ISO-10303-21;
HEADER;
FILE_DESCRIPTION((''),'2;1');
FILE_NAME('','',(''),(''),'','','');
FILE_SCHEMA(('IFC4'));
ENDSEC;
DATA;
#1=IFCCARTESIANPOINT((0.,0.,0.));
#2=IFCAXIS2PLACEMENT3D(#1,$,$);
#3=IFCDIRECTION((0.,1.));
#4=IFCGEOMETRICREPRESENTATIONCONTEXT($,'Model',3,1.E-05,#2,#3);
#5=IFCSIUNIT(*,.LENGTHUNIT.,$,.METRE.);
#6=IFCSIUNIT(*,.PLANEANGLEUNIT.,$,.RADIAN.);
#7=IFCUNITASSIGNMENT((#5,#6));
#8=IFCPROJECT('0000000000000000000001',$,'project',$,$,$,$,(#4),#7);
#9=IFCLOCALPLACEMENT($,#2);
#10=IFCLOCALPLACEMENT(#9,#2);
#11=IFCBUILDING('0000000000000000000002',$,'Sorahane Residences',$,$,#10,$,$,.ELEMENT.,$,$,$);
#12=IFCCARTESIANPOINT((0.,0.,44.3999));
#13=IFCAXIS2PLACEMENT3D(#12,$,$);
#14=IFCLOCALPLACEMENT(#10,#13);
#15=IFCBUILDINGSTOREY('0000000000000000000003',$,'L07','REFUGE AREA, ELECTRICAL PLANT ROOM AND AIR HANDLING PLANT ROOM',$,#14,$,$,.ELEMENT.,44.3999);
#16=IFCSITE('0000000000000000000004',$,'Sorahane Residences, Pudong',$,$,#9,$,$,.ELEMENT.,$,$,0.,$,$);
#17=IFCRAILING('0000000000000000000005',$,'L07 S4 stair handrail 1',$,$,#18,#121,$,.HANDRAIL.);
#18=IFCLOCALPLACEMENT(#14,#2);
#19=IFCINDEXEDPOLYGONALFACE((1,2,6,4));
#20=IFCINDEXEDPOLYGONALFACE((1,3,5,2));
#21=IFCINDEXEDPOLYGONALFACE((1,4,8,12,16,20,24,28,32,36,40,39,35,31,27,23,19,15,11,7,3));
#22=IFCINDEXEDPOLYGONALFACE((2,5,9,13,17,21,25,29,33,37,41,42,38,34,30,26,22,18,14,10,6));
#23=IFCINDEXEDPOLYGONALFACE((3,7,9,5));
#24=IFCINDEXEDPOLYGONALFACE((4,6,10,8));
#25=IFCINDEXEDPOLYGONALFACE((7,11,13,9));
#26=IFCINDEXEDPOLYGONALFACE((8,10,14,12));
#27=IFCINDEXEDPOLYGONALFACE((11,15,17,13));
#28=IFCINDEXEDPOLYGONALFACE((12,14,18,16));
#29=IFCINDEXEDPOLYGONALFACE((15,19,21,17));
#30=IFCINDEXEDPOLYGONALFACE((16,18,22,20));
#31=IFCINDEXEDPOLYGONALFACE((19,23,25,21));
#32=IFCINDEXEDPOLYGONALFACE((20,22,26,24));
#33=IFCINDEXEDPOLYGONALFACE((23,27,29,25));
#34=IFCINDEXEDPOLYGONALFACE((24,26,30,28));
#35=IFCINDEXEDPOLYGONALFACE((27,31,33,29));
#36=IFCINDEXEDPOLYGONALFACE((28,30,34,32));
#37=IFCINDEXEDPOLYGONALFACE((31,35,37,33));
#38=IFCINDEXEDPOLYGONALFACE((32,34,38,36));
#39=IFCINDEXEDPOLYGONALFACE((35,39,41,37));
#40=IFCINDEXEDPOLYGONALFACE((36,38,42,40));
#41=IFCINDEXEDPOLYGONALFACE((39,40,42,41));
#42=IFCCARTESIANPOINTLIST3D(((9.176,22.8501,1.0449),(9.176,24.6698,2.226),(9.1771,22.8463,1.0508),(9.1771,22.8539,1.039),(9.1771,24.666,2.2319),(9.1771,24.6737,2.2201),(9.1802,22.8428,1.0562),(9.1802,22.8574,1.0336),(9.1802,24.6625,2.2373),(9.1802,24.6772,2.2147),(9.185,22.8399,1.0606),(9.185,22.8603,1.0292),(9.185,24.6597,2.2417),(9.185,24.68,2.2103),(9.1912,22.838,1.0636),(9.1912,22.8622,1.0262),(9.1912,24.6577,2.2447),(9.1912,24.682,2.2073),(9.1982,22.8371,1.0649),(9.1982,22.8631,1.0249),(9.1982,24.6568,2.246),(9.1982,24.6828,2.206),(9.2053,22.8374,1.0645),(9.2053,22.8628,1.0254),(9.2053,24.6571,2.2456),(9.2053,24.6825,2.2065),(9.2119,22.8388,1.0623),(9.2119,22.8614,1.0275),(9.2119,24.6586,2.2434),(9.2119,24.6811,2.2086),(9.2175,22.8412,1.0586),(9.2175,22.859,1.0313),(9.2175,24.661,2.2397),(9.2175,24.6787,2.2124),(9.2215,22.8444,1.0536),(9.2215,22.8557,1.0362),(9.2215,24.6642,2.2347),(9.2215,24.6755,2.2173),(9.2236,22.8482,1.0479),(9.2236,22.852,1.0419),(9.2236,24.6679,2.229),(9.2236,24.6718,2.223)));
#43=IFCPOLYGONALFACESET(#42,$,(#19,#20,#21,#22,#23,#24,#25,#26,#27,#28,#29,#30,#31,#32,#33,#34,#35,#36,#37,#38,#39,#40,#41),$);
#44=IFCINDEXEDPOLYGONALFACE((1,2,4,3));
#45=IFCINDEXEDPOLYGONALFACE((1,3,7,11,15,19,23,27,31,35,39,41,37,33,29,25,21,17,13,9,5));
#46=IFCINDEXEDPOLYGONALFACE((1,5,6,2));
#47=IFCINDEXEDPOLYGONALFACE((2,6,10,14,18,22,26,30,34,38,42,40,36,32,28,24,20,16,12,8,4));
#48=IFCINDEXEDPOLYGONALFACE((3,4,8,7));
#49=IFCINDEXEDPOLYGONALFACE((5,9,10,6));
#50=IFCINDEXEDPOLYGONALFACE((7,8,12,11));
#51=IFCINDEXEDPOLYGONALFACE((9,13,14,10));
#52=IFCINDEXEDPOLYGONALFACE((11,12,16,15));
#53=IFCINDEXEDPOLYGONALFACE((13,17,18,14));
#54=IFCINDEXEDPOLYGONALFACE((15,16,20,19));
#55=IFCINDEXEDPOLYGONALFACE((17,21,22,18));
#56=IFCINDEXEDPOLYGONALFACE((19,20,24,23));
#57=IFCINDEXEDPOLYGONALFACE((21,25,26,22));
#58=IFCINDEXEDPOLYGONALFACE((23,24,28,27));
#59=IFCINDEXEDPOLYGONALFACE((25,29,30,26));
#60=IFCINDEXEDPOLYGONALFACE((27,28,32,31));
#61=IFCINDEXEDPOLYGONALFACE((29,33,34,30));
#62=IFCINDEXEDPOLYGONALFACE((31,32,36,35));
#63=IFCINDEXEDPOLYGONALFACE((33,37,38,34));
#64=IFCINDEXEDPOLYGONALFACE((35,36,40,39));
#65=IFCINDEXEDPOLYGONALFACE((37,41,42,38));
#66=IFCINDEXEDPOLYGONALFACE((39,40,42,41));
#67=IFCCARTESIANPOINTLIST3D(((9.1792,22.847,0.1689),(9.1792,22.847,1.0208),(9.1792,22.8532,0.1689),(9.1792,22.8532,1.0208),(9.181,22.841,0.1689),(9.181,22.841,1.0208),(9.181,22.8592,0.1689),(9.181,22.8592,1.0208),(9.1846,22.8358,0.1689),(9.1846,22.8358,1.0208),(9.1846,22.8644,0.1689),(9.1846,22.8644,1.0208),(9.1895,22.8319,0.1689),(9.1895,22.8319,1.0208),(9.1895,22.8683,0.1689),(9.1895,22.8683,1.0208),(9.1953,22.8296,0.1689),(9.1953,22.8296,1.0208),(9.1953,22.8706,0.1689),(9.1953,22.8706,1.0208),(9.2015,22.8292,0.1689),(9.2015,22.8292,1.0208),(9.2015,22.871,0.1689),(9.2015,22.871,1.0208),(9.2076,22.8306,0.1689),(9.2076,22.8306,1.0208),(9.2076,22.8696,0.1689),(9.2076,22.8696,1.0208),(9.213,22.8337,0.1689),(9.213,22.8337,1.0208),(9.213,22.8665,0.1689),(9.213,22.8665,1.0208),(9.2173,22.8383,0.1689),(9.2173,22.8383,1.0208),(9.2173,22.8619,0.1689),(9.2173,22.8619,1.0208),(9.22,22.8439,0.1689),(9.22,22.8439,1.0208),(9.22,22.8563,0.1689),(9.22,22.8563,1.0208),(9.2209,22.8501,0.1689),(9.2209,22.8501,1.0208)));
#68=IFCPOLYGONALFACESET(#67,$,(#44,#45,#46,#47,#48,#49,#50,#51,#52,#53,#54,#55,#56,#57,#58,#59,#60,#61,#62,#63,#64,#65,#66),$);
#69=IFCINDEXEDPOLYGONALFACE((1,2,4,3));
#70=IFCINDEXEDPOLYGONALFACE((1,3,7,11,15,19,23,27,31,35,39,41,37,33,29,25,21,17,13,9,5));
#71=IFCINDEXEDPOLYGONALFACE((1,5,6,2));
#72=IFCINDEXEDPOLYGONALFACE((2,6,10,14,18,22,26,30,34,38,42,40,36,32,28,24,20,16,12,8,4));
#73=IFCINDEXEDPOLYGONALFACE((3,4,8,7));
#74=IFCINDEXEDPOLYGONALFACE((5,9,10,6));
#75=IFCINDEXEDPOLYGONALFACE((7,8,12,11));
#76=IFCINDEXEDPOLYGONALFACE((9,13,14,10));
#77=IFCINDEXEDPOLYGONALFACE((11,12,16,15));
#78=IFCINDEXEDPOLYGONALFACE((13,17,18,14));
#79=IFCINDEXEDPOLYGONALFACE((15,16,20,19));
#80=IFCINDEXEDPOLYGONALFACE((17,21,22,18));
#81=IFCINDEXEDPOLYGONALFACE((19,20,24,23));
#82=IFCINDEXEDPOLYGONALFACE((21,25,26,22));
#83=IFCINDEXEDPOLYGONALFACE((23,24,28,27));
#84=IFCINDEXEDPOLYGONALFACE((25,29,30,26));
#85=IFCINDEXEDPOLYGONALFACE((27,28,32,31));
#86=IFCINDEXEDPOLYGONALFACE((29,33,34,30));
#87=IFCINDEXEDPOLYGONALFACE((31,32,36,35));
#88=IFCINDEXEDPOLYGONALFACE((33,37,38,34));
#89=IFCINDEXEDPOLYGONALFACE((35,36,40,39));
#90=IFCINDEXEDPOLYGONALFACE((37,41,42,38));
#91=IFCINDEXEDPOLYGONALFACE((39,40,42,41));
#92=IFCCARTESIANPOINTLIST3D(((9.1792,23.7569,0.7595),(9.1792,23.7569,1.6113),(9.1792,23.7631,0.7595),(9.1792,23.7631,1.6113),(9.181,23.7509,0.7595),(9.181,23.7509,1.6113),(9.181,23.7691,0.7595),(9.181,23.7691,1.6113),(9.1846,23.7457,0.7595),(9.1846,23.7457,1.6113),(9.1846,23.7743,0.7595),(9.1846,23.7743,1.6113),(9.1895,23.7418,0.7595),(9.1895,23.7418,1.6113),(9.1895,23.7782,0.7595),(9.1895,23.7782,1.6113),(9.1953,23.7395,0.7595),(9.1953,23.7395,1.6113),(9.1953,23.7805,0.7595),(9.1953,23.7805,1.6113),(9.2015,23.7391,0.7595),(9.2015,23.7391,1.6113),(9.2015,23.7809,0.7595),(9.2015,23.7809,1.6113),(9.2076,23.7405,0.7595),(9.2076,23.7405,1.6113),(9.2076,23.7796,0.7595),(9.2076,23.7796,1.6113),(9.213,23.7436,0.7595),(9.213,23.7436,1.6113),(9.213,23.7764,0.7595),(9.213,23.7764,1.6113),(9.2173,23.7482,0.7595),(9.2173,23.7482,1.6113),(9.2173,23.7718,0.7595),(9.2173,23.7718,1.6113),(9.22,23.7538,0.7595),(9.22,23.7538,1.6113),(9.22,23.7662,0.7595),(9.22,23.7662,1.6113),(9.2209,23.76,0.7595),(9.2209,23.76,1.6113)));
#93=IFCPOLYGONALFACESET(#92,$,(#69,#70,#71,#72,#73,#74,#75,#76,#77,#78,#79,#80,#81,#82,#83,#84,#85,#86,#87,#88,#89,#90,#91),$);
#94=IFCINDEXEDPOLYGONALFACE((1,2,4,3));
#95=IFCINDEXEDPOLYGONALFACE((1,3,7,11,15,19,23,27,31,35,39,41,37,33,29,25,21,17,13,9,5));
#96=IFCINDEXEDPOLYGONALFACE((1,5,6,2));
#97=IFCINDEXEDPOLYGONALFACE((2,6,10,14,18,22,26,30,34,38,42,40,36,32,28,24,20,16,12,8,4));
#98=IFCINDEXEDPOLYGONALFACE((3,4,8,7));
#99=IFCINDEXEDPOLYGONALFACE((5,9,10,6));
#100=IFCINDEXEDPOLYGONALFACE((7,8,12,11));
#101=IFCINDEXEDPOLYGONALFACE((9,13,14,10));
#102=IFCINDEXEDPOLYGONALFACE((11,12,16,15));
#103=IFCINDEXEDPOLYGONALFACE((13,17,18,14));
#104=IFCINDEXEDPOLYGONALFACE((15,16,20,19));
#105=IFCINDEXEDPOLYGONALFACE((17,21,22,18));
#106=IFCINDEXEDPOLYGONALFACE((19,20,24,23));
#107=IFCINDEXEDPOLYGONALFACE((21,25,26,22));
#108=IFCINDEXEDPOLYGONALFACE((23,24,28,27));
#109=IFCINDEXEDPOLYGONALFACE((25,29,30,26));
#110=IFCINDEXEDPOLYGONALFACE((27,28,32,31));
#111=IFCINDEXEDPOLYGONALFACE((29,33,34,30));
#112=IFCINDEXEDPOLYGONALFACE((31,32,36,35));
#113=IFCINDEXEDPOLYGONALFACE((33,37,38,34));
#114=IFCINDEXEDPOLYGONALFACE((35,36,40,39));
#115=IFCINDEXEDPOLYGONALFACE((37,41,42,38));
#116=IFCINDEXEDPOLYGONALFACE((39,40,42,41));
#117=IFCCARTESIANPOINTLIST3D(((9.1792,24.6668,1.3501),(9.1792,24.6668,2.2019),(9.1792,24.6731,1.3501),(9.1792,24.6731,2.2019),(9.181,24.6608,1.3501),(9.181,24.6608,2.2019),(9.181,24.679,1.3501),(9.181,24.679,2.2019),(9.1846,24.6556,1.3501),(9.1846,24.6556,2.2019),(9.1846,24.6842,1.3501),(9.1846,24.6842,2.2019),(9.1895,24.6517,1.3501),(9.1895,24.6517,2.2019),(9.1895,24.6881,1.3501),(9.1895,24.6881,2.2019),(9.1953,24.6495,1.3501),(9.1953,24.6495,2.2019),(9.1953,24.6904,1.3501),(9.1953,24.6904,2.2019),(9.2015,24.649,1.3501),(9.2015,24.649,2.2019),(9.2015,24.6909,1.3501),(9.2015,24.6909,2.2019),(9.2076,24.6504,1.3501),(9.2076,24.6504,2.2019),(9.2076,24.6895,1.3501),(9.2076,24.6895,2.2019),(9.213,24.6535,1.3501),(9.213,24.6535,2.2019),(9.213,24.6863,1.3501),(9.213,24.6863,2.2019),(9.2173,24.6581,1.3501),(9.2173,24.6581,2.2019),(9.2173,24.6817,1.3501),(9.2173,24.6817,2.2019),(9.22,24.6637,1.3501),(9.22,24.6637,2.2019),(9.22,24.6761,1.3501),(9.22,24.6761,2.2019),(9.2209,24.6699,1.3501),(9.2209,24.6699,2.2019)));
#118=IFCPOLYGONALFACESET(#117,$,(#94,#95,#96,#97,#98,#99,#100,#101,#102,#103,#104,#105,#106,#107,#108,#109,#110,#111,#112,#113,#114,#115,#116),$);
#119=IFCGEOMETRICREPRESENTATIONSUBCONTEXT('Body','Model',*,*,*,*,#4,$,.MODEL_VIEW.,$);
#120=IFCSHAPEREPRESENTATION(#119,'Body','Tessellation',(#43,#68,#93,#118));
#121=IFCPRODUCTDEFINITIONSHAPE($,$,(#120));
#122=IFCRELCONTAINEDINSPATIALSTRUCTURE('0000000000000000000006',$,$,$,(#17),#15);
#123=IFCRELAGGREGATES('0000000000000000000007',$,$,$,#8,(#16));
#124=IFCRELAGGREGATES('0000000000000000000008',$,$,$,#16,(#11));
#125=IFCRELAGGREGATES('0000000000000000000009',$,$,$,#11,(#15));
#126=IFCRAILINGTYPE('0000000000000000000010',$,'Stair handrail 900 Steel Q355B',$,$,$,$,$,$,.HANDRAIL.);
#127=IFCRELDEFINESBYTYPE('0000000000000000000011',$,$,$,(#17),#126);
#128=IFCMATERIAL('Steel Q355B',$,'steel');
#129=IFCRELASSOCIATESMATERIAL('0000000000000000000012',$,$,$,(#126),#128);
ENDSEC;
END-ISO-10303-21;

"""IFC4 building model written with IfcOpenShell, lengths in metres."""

from ifc_helpers import new_model, si_unit, direction, frame, origin, origin_2d, place, context, subcontext, project, spatial, circle, extrude, material, type_object, element, save


model = new_model("IFC4")

# Units and contexts
model_context = context("Model", 3, precision=1e-05, world=origin(), true_north=direction((0.0, 1.0)))
body_context = subcontext(model_context, "Body", "Model", "MODEL_VIEW")
ifc_project = project(units=[si_unit("LENGTHUNIT", "METRE"), si_unit("PLANEANGLEUNIT", "RADIAN")], contexts=[model_context])

# Site, building, storey
site_placement = place(None, origin())
site = spatial("IfcSite", under=ifc_project, at=site_placement, Name="Sorahane Residences, Pudong", CompositionType="ELEMENT", RefElevation=0.0)
building_placement = place(site_placement, origin())
building = spatial("IfcBuilding", under=site, at=building_placement, Name="Sorahane Residences", CompositionType="ELEMENT")
storey_placement = place(building_placement, frame((0.0, 0.0, 44.3999)))
storey = spatial("IfcBuildingStorey", under=building, at=storey_placement, Name="L07", Description="REFUGE AREA, ELECTRICAL PLANT ROOM AND AIR HANDLING PLANT ROOM", CompositionType="ELEMENT", Elevation=44.3999)

# Railing
ifc_material_1 = material(Name="Steel Q355B", Category="steel")
railing_type_1 = type_object("IfcRailingType", Name="Stair handrail 900 Steel Q355B", PredefinedType="HANDRAIL", material=ifc_material_1)
railing_1_placement = place(storey_placement, frame((9.2, 22.8501, 0.1689)))
element("IfcRailing", 1, at=railing_1_placement, inside=storey, type_object=railing_type_1, Name="L07 S4 stair handrail 1", PredefinedType="HANDRAIL", context=body_context, shape_type="SweptSolid", body=[
    extrude(circle(Radius=0.0239, at=origin_2d()), frame((0.0, 0.0, 0.876), z_axis=(0.0, 0.838809, 0.544427), x_axis=(-1.0, 0.0, 0.0)), (0.0, 0.0, 1.0), 2.1694),
    extrude(circle(Radius=0.021, at=origin_2d()), origin(), (0.0, 0.0, 1.0), 0.8518),
    extrude(circle(Radius=0.021, at=origin_2d()), frame((0.0, 0.9099, 0.5906)), (0.0, 0.0, 1.0), 0.8518),
    extrude(circle(Radius=0.021, at=origin_2d()), frame((0.0, 1.8198, 1.1812)), (0.0, 0.0, 1.0), 0.8518),
])

save(model, "model.ifc")
